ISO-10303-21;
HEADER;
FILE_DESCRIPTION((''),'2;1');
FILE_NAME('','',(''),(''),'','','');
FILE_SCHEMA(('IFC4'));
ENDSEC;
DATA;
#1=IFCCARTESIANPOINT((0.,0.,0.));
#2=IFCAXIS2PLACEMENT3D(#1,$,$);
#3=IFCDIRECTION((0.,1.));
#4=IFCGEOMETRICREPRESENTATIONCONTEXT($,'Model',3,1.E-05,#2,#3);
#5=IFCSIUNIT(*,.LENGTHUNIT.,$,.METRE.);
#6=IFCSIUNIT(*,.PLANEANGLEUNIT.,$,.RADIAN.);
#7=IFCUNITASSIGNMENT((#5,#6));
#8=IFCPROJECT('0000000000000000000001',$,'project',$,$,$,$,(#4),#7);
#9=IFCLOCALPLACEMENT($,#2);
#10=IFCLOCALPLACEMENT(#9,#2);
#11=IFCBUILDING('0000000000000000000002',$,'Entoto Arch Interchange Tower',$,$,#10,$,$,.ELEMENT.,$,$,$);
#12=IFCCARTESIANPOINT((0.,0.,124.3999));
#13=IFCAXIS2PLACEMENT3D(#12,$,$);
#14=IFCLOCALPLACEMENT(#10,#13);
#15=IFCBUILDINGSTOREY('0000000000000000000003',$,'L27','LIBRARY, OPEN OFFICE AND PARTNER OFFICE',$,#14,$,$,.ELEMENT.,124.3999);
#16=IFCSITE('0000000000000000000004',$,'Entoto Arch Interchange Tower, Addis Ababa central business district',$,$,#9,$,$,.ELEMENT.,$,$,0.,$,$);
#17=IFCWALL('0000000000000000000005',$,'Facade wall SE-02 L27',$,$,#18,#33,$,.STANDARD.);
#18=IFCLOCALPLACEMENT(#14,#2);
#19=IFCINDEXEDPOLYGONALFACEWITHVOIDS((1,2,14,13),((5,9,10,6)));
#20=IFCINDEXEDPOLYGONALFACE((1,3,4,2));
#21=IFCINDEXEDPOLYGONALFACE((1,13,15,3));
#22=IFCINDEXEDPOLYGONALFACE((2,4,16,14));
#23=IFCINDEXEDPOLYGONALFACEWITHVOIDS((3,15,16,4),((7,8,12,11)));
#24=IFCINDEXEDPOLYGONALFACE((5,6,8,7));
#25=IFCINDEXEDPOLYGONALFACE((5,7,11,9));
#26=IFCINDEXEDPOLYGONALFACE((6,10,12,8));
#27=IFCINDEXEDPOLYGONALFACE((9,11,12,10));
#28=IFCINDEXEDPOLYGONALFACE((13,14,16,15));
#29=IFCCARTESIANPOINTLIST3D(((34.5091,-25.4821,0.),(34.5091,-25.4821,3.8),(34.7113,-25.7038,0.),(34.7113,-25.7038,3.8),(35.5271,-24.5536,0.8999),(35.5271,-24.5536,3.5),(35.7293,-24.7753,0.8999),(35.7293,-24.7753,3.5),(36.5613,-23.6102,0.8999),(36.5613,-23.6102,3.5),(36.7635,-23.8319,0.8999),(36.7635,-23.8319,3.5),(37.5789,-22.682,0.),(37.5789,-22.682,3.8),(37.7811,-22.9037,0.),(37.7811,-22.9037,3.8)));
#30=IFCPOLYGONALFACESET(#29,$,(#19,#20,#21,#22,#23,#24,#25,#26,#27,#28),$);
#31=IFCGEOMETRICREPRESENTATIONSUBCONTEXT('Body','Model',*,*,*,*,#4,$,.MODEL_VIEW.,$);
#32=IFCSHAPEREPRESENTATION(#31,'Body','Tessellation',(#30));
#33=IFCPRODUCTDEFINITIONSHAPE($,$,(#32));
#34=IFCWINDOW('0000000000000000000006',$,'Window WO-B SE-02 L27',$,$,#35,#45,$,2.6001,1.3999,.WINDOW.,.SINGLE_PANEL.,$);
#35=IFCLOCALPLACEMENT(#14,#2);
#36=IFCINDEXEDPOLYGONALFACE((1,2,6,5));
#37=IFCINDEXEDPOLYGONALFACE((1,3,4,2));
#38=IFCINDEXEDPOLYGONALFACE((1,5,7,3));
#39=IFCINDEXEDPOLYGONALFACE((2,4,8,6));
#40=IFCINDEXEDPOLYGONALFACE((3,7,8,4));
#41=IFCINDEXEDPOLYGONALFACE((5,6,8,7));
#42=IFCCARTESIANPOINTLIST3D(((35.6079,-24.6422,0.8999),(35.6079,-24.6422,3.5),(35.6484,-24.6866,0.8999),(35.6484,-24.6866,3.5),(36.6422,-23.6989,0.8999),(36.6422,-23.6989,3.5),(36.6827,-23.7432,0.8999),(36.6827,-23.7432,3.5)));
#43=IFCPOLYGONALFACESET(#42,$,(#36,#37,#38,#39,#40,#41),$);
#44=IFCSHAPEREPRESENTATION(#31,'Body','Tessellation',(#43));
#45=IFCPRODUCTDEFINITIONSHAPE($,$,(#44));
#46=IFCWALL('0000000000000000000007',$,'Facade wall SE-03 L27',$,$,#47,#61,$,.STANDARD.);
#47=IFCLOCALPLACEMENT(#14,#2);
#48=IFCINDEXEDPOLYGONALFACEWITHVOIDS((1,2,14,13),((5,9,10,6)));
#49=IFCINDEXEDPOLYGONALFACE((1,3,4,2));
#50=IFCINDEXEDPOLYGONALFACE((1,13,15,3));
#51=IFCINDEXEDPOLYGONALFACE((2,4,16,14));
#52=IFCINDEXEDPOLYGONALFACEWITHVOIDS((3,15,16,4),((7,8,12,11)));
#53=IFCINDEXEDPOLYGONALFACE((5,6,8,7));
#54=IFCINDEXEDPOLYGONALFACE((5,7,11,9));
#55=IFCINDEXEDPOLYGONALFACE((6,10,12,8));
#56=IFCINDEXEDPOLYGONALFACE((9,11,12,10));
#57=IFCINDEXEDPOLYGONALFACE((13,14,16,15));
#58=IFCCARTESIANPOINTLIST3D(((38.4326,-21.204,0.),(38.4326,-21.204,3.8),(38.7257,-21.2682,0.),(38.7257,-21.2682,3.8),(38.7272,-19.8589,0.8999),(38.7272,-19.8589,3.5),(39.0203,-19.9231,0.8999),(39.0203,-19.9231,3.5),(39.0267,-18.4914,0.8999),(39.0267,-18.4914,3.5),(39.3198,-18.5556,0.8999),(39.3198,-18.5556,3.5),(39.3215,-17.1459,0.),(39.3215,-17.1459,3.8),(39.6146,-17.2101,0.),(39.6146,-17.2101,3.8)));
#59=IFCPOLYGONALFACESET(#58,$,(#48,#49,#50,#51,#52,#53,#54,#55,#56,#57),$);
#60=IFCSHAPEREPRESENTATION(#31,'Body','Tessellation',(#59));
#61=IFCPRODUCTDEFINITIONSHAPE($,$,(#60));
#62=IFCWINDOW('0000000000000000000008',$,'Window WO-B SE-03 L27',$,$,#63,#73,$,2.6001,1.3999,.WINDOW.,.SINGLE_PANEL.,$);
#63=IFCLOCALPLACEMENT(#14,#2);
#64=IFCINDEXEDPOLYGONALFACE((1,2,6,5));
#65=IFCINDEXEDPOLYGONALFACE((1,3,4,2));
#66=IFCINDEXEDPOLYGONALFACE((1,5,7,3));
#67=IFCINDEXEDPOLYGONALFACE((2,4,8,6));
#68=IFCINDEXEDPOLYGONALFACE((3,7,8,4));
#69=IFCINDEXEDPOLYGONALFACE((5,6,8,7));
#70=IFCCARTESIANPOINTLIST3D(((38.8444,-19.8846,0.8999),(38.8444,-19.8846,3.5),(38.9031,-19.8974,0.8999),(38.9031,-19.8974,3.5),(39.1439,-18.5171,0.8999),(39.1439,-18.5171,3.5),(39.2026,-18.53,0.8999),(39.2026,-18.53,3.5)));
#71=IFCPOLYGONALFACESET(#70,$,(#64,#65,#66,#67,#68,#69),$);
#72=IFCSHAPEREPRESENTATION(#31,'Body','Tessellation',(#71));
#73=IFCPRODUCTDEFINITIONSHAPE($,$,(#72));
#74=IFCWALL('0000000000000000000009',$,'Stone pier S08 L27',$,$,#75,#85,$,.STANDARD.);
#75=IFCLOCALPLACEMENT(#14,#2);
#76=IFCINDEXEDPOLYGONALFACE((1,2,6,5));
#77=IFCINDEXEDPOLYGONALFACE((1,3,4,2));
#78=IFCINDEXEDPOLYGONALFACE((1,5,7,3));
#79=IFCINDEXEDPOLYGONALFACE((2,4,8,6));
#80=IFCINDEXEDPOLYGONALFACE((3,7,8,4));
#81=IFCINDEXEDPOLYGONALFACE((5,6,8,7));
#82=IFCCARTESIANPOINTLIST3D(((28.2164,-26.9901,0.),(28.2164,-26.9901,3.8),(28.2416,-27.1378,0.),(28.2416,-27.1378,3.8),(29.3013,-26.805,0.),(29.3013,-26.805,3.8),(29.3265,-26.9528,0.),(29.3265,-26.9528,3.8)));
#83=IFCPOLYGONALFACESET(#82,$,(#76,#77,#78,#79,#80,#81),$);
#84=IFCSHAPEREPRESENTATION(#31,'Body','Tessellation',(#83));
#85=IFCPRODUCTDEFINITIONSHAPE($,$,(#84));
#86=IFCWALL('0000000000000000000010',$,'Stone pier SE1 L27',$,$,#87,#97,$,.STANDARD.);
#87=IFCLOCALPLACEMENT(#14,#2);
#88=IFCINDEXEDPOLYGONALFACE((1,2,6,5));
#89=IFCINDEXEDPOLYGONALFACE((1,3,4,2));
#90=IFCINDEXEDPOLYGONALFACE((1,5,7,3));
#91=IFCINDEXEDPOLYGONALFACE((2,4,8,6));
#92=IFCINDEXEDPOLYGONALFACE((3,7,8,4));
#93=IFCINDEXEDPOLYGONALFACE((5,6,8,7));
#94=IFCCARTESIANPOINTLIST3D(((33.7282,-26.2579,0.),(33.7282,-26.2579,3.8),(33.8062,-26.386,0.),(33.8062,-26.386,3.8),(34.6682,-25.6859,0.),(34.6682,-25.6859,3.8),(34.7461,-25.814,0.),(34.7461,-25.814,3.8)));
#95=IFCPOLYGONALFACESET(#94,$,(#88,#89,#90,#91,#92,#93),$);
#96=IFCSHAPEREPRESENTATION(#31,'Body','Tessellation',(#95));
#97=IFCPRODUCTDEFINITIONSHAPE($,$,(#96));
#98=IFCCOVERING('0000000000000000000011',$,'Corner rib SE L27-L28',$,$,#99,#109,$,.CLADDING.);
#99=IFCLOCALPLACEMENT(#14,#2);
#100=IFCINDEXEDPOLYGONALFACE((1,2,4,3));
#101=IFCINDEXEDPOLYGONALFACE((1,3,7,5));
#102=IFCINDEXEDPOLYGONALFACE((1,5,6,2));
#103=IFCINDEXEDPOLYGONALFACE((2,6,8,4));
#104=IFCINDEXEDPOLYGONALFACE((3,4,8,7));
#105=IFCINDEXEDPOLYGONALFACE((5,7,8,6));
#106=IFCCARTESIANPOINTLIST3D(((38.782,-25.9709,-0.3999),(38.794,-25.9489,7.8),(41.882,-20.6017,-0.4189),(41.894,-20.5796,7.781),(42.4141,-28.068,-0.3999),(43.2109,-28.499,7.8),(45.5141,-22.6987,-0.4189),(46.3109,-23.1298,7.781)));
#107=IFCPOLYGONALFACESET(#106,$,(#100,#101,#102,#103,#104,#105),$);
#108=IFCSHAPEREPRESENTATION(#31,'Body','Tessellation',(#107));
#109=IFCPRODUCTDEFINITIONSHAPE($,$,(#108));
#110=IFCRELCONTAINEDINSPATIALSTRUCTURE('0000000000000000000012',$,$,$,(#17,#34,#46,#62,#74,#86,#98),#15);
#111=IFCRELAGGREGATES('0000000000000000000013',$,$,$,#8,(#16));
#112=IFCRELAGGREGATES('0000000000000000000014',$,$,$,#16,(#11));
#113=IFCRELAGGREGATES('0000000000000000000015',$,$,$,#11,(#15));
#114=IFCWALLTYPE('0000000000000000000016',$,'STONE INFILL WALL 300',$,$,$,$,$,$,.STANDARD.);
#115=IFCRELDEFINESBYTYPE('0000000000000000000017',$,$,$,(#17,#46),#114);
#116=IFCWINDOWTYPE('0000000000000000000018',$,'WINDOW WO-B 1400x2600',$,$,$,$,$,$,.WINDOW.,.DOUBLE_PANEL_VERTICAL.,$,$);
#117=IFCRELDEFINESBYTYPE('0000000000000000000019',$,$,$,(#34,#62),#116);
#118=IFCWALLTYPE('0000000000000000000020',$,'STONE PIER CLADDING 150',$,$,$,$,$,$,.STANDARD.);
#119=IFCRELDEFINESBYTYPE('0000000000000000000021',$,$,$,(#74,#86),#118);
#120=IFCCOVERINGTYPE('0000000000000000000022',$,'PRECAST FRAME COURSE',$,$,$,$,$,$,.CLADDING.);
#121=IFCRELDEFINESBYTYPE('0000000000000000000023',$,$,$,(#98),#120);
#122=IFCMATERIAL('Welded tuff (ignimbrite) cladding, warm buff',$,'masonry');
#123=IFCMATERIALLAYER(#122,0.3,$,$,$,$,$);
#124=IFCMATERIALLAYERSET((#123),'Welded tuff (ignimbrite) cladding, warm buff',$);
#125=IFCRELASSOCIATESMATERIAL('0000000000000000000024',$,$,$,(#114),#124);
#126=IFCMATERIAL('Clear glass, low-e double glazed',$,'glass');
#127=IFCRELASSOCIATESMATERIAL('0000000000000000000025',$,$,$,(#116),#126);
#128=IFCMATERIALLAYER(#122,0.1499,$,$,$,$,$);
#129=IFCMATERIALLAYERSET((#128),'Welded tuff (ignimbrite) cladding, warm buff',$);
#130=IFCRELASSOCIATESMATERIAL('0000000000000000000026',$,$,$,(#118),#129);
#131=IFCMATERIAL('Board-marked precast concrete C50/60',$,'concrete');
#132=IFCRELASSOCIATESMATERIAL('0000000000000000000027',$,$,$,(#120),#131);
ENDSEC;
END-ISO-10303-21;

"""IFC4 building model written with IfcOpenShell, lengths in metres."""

from ifc_helpers import new_model, si_unit, direction, frame, frame_2d, origin, place, context, subcontext, project, spatial, polyline, rectangle, outline, extrude, material, layer, layer_set, type_object, element, fill, save


model = new_model("IFC4")

# Units and contexts
model_context = context("Model", 3, precision=1e-05, world=origin(), true_north=direction((0.0, 1.0)))
body_context = subcontext(model_context, "Body", "Model", "MODEL_VIEW")
ifc_project = project(units=[si_unit("LENGTHUNIT", "METRE"), si_unit("PLANEANGLEUNIT", "RADIAN")], contexts=[model_context])

# Site, building, storey
site_placement = place(None, origin())
site = spatial("IfcSite", under=ifc_project, at=site_placement, Name="Entoto Arch Interchange Tower, Addis Ababa central business district", CompositionType="ELEMENT", RefElevation=0.0)
building_placement = place(site_placement, origin())
building = spatial("IfcBuilding", under=site, at=building_placement, Name="Entoto Arch Interchange Tower", CompositionType="ELEMENT")
storey_placement = place(building_placement, frame((0.0, 0.0, 124.3999)))
storey = spatial("IfcBuildingStorey", under=building, at=storey_placement, Name="L27", Description="LIBRARY, OPEN OFFICE AND PARTNER OFFICE", CompositionType="ELEMENT", Elevation=124.3999)

# Walls, openings, windows
ifc_material_1 = material(Name="Welded tuff (ignimbrite) cladding, warm buff", Category="masonry")
ifc_layer_1 = layer(ifc_material_1, 0.3)
ifc_layer_set_1 = layer_set([ifc_layer_1], Name="Welded tuff (ignimbrite) cladding, warm buff")
wall_type_1 = type_object("IfcWallType", Name="STONE INFILL WALL 300", PredefinedType="STANDARD", material=ifc_layer_set_1)
ifc_material_2 = material(Name="Clear glass, low-e double glazed", Category="glass")
window_type = type_object("IfcWindowType", Name="WINDOW WO-B 1400x2600", PartitioningType="DOUBLE_PANEL_VERTICAL", PredefinedType="WINDOW", material=ifc_material_2)
wall_1_placement = place(storey_placement, frame((34.6101, -25.593, 0.0), z_axis=(0.0, 0.0, 1.0), x_axis=(0.738825, 0.673897, 0.0)))
wall_1 = element("IfcWall", 1, at=wall_1_placement, inside=storey, type_object=wall_type_1, Name="Facade wall SE-02 L27", PredefinedType="STANDARD", context=body_context, shape_type="SweptSolid", body=[
    extrude(rectangle(XDim=4.155, YDim=0.3, at=frame_2d((2.0776, 0.0))), origin(), (0.0, 0.0, 1.0), 3.8),
])
opening_1_placement = place(wall_1_placement, frame((1.3779, 0.0, 0.8999)))
opening_1 = element("IfcOpeningElement", 2, at=opening_1_placement, cuts=wall_1, PredefinedType="OPENING", context=body_context, shape_type="SweptSolid", body=[
    extrude(rectangle(XDim=1.3999, YDim=2.6001, at=frame_2d((0.7, 1.3))), frame((0.0, 0.1602, 0.0), z_axis=(0.0, -1.0, 0.0), x_axis=(1.0, 0.0, 0.0)), (0.0, 0.0, 1.0), 0.3201),
])
window_1_placement = place(opening_1_placement, origin())
window_1 = element("IfcWindow", 3, at=window_1_placement, inside=storey, type_object=window_type, Name="Window WO-B SE-02 L27", OverallHeight=2.6001, OverallWidth=1.3999, PartitioningType="SINGLE_PANEL", PredefinedType="WINDOW", context=body_context, shape_type="SweptSolid", body=[
    extrude(rectangle(XDim=1.3999, YDim=2.6001, at=frame_2d((0.7, 1.3))), frame((0.0, 0.03, 0.0), z_axis=(0.0, -1.0, 0.0), x_axis=(1.0, 0.0, 0.0)), (0.0, 0.0, 1.0), 0.0601),
])
fill(opening_1, window_1)
wall_2_placement = place(storey_placement, frame((38.5791, -21.2361, 0.0), z_axis=(0.0, 0.0, 1.0), x_axis=(0.213974, 0.976839, 0.0)))
wall_2 = element("IfcWall", 4, at=wall_2_placement, inside=storey, type_object=wall_type_1, Name="Facade wall SE-03 L27", PredefinedType="STANDARD", context=body_context, shape_type="SweptSolid", body=[
    extrude(rectangle(XDim=4.1543, YDim=0.3, at=frame_2d((2.0771, 0.0))), origin(), (0.0, 0.0, 1.0), 3.8),
])
opening_2_placement = place(wall_2_placement, frame((1.377, 0.0, 0.8999)))
opening_2 = element("IfcOpeningElement", 5, at=opening_2_placement, cuts=wall_2, PredefinedType="OPENING", context=body_context, shape_type="SweptSolid", body=[
    extrude(rectangle(XDim=1.3999, YDim=2.6001, at=frame_2d((0.7, 1.3))), frame((0.0, 0.1602, 0.0), z_axis=(0.0, -1.0, 0.0), x_axis=(1.0, 0.0, 0.0)), (0.0, 0.0, 1.0), 0.3201),
])
window_2_placement = place(opening_2_placement, origin())
window_2 = element("IfcWindow", 6, at=window_2_placement, inside=storey, type_object=window_type, Name="Window WO-B SE-03 L27", OverallHeight=2.6001, OverallWidth=1.3999, PartitioningType="SINGLE_PANEL", PredefinedType="WINDOW", context=body_context, shape_type="SweptSolid", body=[
    extrude(rectangle(XDim=1.3999, YDim=2.6001, at=frame_2d((0.7, 1.3))), frame((0.0, 0.03, 0.0), z_axis=(0.0, -1.0, 0.0), x_axis=(1.0, 0.0, 0.0)), (0.0, 0.0, 1.0), 0.0601),
])
fill(opening_2, window_2)

# Walls
ifc_layer_2 = layer(ifc_material_1, 0.1499)
ifc_layer_set_2 = layer_set([ifc_layer_2], Name="Welded tuff (ignimbrite) cladding, warm buff")
wall_type_2 = type_object("IfcWallType", Name="STONE PIER CLADDING 150", PredefinedType="STANDARD", material=ifc_layer_set_2)
wall_3_placement = place(storey_placement, frame((28.229, -27.064, 0.0), z_axis=(0.0, 0.0, 1.0), x_axis=(0.985763, 0.168139, 0.0)))
element("IfcWall", 7, at=wall_3_placement, inside=storey, type_object=wall_type_2, Name="Stone pier S08 L27", PredefinedType="STANDARD", context=body_context, shape_type="SweptSolid", body=[
    extrude(rectangle(XDim=1.1006, YDim=0.1499, at=frame_2d((0.5503, 0.0))), origin(), (0.0, 0.0, 1.0), 3.8),
])
wall_4_placement = place(storey_placement, frame((33.7671, -26.322, 0.0), z_axis=(0.0, 0.0, 1.0), x_axis=(0.854246, 0.51987, 0.0)))
element("IfcWall", 8, at=wall_4_placement, inside=storey, type_object=wall_type_2, Name="Stone pier SE1 L27", PredefinedType="STANDARD", context=body_context, shape_type="SweptSolid", body=[
    extrude(rectangle(XDim=1.1003, YDim=0.1499, at=frame_2d((0.5503, 0.0))), origin(), (0.0, 0.0, 1.0), 3.8),
])

# Covering
ifc_material_3 = material(Name="Board-marked precast concrete C50/60", Category="concrete")
covering_type = type_object("IfcCoveringType", Name="PRECAST FRAME COURSE", PredefinedType="CLADDING", material=ifc_material_3)
covering_1_placement = place(storey_placement, frame((38.782, -25.9709, -0.3999), z_axis=(-0.500004, -0.866017, 0.003066), x_axis=(0.866022, -0.500007, 0.0)))
element("IfcCovering", 9, at=covering_1_placement, inside=storey, type_object=covering_type, Name="Corner rib SE L27-L28", PredefinedType="CLADDING", context=body_context, shape_type="SweptSolid", body=[
    extrude(outline(polyline([(0.0, 0.0), (4.1941, 0.0), (5.0996, 8.2), (-0.0006, 8.2), (0.0, 0.0)])), origin(), (0.0, 0.0, -1.0), 6.2),
])

save(model, "model.ifc")
